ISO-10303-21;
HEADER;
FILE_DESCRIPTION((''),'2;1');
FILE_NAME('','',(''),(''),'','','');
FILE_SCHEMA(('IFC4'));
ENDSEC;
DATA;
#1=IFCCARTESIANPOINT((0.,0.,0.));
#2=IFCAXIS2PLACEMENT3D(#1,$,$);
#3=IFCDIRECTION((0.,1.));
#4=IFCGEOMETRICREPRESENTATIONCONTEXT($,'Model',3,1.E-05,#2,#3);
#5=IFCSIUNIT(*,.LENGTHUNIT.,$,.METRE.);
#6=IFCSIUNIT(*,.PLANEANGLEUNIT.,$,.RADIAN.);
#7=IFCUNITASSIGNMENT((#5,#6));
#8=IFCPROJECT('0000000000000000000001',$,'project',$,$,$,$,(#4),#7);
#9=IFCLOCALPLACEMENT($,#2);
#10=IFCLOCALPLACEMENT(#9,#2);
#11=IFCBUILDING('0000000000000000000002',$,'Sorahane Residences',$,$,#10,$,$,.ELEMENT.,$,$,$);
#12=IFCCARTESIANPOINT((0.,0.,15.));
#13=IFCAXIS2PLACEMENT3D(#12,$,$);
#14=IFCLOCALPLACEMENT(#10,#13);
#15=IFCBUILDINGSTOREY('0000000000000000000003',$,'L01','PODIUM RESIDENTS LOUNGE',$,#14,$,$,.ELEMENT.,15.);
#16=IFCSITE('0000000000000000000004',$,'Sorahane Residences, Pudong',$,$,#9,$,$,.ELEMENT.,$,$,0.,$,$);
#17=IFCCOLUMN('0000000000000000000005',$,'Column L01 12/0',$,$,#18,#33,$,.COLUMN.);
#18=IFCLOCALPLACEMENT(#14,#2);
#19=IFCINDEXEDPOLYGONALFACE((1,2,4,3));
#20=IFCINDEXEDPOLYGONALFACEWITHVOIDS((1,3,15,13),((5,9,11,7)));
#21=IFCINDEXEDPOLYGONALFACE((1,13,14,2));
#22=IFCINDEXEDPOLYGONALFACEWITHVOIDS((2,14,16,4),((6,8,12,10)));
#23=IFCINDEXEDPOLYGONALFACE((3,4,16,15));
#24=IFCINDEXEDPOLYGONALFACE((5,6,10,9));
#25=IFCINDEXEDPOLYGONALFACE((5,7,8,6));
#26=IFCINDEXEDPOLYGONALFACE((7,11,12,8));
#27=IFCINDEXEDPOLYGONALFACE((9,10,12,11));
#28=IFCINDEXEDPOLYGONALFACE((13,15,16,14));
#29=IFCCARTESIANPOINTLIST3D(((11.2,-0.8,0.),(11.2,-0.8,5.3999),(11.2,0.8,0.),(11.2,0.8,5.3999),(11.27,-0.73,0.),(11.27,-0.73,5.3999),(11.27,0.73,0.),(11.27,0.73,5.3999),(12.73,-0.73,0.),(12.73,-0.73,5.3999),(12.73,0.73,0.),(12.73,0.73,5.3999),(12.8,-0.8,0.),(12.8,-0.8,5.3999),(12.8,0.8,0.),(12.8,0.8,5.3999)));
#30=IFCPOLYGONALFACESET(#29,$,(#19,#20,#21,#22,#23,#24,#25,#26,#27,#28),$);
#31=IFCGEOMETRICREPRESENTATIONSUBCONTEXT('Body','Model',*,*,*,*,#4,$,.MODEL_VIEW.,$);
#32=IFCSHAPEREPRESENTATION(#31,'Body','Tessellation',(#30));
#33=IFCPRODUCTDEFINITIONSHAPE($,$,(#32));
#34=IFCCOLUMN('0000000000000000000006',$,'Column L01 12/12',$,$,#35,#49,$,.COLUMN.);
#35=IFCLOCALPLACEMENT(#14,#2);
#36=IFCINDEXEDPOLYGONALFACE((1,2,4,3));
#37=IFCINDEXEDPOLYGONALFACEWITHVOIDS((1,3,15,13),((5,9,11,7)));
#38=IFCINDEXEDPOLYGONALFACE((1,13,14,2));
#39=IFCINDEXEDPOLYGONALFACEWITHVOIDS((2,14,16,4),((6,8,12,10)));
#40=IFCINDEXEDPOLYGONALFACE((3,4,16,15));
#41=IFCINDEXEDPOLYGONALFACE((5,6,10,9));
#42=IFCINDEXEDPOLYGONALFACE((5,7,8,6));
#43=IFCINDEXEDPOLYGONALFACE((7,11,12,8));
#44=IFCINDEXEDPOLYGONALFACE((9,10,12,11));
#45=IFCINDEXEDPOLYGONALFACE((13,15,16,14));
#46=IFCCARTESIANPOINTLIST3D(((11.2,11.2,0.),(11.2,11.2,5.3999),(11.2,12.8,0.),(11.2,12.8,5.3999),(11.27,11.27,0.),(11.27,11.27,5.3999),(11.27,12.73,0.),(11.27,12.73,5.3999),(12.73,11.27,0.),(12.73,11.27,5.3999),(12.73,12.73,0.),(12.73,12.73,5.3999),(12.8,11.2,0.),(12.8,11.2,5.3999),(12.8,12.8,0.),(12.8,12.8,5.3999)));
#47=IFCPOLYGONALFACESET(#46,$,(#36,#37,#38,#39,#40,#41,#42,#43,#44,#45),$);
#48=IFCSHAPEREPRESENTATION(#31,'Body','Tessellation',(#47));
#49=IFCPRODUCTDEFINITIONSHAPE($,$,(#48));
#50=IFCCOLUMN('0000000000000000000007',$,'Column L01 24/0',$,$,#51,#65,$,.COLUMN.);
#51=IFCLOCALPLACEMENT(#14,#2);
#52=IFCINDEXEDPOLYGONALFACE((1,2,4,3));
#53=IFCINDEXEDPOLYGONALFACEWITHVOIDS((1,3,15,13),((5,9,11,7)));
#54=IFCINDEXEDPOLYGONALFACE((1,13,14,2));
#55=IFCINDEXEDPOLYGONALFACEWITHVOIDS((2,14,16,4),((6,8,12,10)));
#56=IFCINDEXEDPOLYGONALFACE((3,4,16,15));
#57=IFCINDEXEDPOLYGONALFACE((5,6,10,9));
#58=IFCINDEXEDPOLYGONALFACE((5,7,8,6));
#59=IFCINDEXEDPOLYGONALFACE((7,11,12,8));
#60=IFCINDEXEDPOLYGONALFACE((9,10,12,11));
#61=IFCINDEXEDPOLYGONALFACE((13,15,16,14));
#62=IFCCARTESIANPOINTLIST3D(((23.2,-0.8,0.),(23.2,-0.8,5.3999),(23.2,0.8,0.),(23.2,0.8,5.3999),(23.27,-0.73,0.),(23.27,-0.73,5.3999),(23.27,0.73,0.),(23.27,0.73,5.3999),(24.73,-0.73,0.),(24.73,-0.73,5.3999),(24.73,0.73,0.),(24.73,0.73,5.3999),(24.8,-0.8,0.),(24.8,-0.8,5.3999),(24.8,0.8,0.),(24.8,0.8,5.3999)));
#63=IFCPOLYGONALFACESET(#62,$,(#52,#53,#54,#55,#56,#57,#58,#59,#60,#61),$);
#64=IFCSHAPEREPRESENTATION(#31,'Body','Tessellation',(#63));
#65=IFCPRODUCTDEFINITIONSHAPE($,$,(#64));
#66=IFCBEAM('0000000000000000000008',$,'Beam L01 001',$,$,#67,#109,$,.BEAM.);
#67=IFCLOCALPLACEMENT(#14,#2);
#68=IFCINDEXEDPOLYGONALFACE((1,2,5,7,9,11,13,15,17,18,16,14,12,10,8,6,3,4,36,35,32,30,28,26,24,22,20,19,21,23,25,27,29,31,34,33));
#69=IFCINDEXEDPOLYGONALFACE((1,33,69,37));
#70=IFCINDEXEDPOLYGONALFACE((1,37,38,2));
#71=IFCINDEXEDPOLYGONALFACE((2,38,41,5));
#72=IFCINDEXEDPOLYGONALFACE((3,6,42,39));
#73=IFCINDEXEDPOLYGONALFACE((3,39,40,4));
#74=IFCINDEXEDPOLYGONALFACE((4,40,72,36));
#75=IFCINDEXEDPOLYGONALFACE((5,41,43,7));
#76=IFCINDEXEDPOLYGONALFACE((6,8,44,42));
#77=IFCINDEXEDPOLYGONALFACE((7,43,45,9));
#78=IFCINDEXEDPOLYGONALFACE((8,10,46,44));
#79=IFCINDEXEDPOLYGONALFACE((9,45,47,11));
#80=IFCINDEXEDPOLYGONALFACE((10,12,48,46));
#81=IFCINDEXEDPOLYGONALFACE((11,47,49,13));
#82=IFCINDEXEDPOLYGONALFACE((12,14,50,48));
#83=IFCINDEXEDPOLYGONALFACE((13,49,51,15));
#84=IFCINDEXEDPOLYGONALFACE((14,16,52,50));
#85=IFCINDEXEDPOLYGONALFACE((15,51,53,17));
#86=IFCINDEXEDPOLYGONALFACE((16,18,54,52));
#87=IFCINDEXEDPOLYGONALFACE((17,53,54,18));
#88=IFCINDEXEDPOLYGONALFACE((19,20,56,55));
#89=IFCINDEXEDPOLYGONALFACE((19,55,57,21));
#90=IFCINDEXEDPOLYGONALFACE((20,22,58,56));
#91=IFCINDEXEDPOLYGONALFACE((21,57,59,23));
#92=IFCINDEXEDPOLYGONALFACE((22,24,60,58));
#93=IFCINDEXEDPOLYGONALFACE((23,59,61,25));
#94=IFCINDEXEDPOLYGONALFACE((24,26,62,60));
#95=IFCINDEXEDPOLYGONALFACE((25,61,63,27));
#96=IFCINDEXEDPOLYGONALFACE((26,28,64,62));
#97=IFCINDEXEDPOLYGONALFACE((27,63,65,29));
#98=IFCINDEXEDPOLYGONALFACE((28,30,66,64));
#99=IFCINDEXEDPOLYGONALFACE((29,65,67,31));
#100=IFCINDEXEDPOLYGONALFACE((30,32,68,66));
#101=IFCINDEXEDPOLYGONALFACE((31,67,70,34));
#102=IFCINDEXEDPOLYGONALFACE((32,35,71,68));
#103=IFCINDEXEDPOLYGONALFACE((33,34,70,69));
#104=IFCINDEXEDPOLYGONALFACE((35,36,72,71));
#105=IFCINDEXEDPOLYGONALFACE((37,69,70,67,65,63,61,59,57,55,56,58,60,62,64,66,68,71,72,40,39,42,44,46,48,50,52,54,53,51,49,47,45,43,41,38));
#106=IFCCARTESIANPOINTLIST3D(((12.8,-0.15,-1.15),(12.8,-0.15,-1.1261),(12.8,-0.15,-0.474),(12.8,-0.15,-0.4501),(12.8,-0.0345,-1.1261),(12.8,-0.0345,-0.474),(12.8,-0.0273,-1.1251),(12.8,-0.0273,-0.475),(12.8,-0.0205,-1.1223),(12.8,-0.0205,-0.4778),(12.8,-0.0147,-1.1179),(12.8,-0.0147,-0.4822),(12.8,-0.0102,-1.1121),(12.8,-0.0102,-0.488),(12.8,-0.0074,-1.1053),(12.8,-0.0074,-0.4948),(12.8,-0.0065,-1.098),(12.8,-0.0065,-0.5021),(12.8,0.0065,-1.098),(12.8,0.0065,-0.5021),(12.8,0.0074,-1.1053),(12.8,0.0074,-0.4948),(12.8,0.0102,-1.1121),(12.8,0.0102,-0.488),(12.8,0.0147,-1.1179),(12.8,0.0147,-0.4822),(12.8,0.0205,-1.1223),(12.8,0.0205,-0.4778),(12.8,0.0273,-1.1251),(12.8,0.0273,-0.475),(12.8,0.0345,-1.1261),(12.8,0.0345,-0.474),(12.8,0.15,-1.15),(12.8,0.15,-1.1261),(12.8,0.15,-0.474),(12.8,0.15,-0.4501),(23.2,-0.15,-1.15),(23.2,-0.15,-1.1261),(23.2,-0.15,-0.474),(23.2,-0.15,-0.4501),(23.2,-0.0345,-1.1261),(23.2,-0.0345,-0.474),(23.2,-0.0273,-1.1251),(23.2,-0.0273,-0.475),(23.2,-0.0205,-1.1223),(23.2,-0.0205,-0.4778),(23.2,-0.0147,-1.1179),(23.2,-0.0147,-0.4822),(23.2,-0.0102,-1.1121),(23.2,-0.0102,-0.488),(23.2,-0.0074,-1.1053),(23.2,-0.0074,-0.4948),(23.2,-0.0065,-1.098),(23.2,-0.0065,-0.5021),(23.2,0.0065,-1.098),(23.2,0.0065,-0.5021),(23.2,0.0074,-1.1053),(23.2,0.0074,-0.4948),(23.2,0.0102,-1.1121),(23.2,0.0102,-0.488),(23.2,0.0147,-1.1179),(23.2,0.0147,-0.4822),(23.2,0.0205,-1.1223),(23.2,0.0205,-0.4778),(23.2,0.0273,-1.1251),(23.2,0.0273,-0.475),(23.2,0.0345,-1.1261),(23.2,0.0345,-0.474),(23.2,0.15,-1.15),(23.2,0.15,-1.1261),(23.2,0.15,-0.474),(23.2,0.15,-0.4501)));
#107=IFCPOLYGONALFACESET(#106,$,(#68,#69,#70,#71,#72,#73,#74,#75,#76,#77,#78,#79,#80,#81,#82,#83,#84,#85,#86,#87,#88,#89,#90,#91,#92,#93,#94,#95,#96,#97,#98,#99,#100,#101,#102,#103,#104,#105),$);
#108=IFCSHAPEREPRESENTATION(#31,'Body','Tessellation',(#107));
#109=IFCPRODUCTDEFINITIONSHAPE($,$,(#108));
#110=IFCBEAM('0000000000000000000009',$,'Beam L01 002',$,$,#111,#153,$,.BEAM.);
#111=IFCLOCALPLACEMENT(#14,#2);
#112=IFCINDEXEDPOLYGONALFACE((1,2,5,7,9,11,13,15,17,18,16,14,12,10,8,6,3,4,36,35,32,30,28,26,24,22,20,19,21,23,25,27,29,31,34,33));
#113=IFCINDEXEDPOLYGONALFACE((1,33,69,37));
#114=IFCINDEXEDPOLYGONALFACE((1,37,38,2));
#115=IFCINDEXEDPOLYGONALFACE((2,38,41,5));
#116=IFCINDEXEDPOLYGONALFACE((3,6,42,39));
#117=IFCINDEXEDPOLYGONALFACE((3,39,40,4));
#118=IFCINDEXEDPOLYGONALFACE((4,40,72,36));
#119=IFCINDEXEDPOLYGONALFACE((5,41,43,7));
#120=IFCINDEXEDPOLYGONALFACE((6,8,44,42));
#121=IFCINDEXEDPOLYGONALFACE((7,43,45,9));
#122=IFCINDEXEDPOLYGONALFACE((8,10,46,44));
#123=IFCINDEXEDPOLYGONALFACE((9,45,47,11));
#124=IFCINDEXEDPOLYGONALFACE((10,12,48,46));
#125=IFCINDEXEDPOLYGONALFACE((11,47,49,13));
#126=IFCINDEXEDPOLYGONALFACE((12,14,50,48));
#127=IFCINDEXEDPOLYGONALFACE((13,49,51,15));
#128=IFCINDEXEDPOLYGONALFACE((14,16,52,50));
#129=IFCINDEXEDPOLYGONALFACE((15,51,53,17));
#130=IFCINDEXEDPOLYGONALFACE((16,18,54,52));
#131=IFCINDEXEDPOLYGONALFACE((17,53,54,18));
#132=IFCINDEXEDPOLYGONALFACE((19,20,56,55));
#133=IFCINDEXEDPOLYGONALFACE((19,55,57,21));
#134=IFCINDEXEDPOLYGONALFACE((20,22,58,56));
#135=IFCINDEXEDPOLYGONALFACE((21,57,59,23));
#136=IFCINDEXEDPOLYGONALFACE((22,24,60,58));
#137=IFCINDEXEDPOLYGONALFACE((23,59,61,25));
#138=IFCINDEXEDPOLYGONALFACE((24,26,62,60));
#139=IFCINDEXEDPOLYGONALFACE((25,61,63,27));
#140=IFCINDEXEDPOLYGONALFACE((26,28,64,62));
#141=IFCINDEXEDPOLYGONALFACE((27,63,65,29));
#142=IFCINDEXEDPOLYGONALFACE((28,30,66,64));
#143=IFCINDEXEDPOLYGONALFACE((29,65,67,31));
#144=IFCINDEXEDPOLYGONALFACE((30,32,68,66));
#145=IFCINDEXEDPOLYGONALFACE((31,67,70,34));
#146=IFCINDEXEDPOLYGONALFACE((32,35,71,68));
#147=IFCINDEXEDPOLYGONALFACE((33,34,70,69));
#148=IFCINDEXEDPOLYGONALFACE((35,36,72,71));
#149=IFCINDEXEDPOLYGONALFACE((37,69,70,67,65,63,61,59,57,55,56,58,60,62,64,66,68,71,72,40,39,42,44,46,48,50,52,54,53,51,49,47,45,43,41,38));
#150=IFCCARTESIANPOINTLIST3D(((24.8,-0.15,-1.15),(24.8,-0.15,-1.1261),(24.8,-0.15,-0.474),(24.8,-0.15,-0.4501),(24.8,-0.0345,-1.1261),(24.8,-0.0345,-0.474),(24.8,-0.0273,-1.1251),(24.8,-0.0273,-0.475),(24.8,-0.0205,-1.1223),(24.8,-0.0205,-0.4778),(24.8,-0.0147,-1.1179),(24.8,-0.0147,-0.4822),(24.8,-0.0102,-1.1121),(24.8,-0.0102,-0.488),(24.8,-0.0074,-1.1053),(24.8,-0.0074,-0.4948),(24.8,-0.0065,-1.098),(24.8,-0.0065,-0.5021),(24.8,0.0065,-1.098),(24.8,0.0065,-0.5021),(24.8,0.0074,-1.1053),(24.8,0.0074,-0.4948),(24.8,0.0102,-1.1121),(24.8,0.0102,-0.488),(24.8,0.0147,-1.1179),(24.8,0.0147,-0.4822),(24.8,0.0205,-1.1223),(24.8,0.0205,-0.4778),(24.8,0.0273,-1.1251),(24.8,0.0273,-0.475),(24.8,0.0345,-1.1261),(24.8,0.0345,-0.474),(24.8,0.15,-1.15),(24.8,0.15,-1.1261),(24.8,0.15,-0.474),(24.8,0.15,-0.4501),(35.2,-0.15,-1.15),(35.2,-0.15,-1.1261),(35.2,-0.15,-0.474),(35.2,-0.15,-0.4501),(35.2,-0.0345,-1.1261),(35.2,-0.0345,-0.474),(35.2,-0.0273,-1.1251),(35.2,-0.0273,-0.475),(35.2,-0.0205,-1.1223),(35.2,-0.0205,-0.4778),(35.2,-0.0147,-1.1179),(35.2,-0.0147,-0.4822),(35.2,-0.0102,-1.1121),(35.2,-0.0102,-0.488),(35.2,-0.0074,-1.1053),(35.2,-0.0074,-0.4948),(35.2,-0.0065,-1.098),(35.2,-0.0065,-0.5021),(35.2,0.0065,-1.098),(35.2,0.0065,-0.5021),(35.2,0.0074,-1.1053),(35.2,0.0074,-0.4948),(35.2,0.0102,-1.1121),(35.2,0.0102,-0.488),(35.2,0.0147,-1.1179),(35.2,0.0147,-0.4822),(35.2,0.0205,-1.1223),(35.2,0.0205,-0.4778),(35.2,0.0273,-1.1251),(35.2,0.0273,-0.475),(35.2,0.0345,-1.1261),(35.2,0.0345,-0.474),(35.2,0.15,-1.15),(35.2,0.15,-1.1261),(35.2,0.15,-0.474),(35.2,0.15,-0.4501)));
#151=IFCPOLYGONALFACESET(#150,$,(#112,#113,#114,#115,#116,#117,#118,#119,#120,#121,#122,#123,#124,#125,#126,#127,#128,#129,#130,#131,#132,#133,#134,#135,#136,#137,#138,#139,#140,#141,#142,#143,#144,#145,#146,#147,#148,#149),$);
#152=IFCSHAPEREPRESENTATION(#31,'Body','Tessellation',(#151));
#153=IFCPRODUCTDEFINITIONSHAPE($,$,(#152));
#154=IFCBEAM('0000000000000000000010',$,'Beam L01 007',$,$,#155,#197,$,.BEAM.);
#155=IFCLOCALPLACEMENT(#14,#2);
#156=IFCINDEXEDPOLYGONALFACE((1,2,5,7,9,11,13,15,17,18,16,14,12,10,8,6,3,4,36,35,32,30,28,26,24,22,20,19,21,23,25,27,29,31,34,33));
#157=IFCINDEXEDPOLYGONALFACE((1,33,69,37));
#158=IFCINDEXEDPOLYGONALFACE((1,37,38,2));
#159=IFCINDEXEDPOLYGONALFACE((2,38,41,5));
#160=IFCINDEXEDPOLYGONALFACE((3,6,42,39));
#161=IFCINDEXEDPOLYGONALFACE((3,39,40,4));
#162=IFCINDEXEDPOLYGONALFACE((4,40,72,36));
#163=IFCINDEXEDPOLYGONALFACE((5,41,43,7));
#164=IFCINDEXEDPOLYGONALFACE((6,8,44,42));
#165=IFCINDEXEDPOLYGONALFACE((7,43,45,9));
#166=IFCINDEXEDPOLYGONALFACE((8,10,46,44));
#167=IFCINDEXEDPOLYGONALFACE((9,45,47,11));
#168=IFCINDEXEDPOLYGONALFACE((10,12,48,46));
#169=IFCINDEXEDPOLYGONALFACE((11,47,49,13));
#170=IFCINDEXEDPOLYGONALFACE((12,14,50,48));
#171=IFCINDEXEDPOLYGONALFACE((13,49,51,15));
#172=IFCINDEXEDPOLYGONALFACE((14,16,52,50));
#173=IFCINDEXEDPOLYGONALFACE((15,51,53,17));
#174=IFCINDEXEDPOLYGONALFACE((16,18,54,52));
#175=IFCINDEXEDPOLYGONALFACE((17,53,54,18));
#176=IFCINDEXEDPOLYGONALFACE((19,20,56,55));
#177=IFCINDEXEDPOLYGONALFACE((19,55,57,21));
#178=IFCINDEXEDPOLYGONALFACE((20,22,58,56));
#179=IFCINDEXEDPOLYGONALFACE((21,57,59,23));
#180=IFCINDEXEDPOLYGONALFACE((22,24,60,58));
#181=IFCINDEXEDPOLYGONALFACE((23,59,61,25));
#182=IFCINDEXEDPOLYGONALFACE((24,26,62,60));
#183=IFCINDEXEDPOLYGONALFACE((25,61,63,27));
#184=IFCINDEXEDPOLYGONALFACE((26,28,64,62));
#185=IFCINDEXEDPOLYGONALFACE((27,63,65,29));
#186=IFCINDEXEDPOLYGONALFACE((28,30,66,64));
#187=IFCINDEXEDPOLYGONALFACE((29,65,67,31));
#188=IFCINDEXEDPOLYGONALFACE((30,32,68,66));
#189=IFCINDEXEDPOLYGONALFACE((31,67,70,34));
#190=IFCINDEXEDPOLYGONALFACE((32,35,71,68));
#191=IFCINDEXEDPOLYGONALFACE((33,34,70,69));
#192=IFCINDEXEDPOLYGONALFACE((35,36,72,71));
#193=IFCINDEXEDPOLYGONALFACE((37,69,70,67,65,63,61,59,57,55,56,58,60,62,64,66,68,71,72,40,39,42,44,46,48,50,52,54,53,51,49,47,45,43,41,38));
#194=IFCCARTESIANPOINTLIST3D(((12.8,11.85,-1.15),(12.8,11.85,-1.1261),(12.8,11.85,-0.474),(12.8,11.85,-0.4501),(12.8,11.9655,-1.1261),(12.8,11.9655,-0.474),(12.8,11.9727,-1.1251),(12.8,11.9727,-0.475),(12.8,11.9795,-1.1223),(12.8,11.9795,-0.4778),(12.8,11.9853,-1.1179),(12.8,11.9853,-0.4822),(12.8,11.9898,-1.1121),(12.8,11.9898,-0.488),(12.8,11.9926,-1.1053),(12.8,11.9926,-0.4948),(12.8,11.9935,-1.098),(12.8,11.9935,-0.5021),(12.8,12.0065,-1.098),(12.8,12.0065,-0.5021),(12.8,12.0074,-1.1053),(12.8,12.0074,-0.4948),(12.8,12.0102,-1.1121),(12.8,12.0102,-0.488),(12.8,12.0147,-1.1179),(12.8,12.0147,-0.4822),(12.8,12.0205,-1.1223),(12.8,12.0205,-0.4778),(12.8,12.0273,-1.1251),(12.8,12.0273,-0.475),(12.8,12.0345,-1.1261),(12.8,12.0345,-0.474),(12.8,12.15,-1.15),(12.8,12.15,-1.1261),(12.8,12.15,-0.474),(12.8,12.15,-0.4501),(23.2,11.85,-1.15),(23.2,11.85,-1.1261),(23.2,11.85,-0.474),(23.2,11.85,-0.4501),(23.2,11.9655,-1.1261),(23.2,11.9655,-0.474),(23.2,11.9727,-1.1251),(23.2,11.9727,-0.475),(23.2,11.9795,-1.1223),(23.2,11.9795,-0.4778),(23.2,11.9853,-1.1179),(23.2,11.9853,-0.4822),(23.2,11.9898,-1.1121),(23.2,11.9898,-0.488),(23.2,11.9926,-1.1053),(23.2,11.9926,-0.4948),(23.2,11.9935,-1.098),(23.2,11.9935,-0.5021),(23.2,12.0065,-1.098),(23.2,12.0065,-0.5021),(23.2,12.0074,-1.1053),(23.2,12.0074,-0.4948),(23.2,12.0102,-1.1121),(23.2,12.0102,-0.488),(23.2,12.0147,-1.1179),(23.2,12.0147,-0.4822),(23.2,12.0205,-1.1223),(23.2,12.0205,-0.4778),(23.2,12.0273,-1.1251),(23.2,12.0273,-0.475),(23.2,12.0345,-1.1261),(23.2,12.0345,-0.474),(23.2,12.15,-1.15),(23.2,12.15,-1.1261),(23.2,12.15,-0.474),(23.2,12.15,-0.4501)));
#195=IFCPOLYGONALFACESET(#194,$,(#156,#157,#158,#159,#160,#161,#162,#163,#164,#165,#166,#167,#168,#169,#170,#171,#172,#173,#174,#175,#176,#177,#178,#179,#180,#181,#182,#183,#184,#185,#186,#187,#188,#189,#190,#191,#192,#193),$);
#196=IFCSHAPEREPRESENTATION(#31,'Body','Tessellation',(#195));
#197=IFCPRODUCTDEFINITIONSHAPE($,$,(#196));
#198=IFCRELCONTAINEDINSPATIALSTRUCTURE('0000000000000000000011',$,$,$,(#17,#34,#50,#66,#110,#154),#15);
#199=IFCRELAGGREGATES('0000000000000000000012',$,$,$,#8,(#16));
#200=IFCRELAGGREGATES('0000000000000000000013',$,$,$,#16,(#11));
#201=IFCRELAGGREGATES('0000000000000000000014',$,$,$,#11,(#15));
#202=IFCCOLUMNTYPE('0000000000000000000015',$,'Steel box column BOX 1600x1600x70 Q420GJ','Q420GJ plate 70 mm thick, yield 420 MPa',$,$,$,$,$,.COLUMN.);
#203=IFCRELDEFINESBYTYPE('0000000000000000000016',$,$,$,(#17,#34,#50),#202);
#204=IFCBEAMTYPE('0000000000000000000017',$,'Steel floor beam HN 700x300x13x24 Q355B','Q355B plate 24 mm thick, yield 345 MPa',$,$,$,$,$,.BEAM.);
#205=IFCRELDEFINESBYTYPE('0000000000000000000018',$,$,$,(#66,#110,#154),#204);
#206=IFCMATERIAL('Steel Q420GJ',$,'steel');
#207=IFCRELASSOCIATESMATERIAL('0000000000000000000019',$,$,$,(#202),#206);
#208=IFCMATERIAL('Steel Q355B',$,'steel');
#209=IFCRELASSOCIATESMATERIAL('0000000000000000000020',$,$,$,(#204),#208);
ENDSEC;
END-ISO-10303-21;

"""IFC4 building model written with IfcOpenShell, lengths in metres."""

from ifc_helpers import new_model, si_unit, direction, frame, origin, origin_2d, place, context, subcontext, project, spatial, hollow_rectangle, i_section, extrude, material, material_profile, profile_set, type_object, element, save


model = new_model("IFC4")

# Units and contexts
model_context = context("Model", 3, precision=1e-05, world=origin(), true_north=direction((0.0, 1.0)))
body_context = subcontext(model_context, "Body", "Model", "MODEL_VIEW")
ifc_project = project(units=[si_unit("LENGTHUNIT", "METRE"), si_unit("PLANEANGLEUNIT", "RADIAN")], contexts=[model_context])

# Site, building, storey
site_placement = place(None, origin())
site = spatial("IfcSite", under=ifc_project, at=site_placement, Name="Sorahane Residences, Pudong", CompositionType="ELEMENT", RefElevation=0.0)
building_placement = place(site_placement, origin())
building = spatial("IfcBuilding", under=site, at=building_placement, Name="Sorahane Residences", CompositionType="ELEMENT")
storey_placement = place(building_placement, frame((0.0, 0.0, 15.0)))
storey = spatial("IfcBuildingStorey", under=building, at=storey_placement, Name="L01", Description="PODIUM RESIDENTS LOUNGE", CompositionType="ELEMENT", Elevation=15.0)

# Columns
ifc_material_1 = material(Name="Steel Q420GJ", Category="steel")
ifc_material_profile_1 = material_profile(ifc_material_1, hollow_rectangle(XDim=1.6001, YDim=1.6001, WallThickness=0.0701, at=origin_2d()), Name="BOX 1600x1600x70")
ifc_profile_set_1 = profile_set([ifc_material_profile_1], Name="Steel Q420GJ")
column_type = type_object("IfcColumnType", Name="Steel box column BOX 1600x1600x70 Q420GJ", Description="Q420GJ plate 70 mm thick, yield 420 MPa", PredefinedType="COLUMN", material=ifc_profile_set_1)
for number, where, z_axis, x_axis, name in (
    (1, (12.0, 0.0, 0.0), (0.0, 0.0, 1.0), (1.0, 0.0, 0.0), "Column L01 12/0"),
    (2, (12.0, 12.0, 0.0), (0.0, 0.0, 1.0), (1.0, 0.0, 0.0), "Column L01 12/12"),
    (3, (24.0, 0.0, 0.0), (0.0, 0.0, 1.0), (1.0, 0.0, 0.0), "Column L01 24/0"),
):
    element("IfcColumn", number, at=place(storey_placement, frame(where, z_axis=z_axis, x_axis=x_axis)), inside=storey, type_object=column_type, Name=name, PredefinedType="COLUMN", context=body_context, shape_type="SweptSolid", body=[
        extrude(hollow_rectangle(XDim=1.6001, YDim=1.6001, WallThickness=0.0701, at=origin_2d()), origin(), (0.0, 0.0, 1.0), 5.3999),
    ])

# Beams
ifc_material_2 = material(Name="Steel Q355B", Category="steel")
ifc_material_profile_2 = material_profile(ifc_material_2, i_section(OverallWidth=0.3, OverallDepth=0.7, WebThickness=0.0129, FlangeThickness=0.0239, FilletRadius=0.0281, at=origin_2d()), Name="HN 700x300x13x24")
ifc_profile_set_2 = profile_set([ifc_material_profile_2], Name="Steel Q355B")
beam_type = type_object("IfcBeamType", Name="Steel floor beam HN 700x300x13x24 Q355B", Description="Q355B plate 24 mm thick, yield 345 MPa", PredefinedType="BEAM", material=ifc_profile_set_2)
for number, where, z_axis, x_axis, name in (
    (4, (12.8, 0.0, -0.8), (1.0, 0.0, 0.0), (0.0, 1.0, 0.0), "Beam L01 001"),
    (5, (24.8, 0.0, -0.8), (1.0, 0.0, 0.0), (0.0, 1.0, 0.0), "Beam L01 002"),
    (6, (12.8, 12.0, -0.8), (1.0, 0.0, 0.0), (0.0, 1.0, 0.0), "Beam L01 007"),
):
    element("IfcBeam", number, at=place(storey_placement, frame(where, z_axis=z_axis, x_axis=x_axis)), inside=storey, type_object=beam_type, Name=name, PredefinedType="BEAM", context=body_context, shape_type="SweptSolid", body=[
        extrude(i_section(OverallWidth=0.3, OverallDepth=0.7, WebThickness=0.0129, FlangeThickness=0.0239, FilletRadius=0.0281, at=origin_2d()), origin(), (0.0, 0.0, 1.0), 10.3999),
    ])

save(model, "model.ifc")
